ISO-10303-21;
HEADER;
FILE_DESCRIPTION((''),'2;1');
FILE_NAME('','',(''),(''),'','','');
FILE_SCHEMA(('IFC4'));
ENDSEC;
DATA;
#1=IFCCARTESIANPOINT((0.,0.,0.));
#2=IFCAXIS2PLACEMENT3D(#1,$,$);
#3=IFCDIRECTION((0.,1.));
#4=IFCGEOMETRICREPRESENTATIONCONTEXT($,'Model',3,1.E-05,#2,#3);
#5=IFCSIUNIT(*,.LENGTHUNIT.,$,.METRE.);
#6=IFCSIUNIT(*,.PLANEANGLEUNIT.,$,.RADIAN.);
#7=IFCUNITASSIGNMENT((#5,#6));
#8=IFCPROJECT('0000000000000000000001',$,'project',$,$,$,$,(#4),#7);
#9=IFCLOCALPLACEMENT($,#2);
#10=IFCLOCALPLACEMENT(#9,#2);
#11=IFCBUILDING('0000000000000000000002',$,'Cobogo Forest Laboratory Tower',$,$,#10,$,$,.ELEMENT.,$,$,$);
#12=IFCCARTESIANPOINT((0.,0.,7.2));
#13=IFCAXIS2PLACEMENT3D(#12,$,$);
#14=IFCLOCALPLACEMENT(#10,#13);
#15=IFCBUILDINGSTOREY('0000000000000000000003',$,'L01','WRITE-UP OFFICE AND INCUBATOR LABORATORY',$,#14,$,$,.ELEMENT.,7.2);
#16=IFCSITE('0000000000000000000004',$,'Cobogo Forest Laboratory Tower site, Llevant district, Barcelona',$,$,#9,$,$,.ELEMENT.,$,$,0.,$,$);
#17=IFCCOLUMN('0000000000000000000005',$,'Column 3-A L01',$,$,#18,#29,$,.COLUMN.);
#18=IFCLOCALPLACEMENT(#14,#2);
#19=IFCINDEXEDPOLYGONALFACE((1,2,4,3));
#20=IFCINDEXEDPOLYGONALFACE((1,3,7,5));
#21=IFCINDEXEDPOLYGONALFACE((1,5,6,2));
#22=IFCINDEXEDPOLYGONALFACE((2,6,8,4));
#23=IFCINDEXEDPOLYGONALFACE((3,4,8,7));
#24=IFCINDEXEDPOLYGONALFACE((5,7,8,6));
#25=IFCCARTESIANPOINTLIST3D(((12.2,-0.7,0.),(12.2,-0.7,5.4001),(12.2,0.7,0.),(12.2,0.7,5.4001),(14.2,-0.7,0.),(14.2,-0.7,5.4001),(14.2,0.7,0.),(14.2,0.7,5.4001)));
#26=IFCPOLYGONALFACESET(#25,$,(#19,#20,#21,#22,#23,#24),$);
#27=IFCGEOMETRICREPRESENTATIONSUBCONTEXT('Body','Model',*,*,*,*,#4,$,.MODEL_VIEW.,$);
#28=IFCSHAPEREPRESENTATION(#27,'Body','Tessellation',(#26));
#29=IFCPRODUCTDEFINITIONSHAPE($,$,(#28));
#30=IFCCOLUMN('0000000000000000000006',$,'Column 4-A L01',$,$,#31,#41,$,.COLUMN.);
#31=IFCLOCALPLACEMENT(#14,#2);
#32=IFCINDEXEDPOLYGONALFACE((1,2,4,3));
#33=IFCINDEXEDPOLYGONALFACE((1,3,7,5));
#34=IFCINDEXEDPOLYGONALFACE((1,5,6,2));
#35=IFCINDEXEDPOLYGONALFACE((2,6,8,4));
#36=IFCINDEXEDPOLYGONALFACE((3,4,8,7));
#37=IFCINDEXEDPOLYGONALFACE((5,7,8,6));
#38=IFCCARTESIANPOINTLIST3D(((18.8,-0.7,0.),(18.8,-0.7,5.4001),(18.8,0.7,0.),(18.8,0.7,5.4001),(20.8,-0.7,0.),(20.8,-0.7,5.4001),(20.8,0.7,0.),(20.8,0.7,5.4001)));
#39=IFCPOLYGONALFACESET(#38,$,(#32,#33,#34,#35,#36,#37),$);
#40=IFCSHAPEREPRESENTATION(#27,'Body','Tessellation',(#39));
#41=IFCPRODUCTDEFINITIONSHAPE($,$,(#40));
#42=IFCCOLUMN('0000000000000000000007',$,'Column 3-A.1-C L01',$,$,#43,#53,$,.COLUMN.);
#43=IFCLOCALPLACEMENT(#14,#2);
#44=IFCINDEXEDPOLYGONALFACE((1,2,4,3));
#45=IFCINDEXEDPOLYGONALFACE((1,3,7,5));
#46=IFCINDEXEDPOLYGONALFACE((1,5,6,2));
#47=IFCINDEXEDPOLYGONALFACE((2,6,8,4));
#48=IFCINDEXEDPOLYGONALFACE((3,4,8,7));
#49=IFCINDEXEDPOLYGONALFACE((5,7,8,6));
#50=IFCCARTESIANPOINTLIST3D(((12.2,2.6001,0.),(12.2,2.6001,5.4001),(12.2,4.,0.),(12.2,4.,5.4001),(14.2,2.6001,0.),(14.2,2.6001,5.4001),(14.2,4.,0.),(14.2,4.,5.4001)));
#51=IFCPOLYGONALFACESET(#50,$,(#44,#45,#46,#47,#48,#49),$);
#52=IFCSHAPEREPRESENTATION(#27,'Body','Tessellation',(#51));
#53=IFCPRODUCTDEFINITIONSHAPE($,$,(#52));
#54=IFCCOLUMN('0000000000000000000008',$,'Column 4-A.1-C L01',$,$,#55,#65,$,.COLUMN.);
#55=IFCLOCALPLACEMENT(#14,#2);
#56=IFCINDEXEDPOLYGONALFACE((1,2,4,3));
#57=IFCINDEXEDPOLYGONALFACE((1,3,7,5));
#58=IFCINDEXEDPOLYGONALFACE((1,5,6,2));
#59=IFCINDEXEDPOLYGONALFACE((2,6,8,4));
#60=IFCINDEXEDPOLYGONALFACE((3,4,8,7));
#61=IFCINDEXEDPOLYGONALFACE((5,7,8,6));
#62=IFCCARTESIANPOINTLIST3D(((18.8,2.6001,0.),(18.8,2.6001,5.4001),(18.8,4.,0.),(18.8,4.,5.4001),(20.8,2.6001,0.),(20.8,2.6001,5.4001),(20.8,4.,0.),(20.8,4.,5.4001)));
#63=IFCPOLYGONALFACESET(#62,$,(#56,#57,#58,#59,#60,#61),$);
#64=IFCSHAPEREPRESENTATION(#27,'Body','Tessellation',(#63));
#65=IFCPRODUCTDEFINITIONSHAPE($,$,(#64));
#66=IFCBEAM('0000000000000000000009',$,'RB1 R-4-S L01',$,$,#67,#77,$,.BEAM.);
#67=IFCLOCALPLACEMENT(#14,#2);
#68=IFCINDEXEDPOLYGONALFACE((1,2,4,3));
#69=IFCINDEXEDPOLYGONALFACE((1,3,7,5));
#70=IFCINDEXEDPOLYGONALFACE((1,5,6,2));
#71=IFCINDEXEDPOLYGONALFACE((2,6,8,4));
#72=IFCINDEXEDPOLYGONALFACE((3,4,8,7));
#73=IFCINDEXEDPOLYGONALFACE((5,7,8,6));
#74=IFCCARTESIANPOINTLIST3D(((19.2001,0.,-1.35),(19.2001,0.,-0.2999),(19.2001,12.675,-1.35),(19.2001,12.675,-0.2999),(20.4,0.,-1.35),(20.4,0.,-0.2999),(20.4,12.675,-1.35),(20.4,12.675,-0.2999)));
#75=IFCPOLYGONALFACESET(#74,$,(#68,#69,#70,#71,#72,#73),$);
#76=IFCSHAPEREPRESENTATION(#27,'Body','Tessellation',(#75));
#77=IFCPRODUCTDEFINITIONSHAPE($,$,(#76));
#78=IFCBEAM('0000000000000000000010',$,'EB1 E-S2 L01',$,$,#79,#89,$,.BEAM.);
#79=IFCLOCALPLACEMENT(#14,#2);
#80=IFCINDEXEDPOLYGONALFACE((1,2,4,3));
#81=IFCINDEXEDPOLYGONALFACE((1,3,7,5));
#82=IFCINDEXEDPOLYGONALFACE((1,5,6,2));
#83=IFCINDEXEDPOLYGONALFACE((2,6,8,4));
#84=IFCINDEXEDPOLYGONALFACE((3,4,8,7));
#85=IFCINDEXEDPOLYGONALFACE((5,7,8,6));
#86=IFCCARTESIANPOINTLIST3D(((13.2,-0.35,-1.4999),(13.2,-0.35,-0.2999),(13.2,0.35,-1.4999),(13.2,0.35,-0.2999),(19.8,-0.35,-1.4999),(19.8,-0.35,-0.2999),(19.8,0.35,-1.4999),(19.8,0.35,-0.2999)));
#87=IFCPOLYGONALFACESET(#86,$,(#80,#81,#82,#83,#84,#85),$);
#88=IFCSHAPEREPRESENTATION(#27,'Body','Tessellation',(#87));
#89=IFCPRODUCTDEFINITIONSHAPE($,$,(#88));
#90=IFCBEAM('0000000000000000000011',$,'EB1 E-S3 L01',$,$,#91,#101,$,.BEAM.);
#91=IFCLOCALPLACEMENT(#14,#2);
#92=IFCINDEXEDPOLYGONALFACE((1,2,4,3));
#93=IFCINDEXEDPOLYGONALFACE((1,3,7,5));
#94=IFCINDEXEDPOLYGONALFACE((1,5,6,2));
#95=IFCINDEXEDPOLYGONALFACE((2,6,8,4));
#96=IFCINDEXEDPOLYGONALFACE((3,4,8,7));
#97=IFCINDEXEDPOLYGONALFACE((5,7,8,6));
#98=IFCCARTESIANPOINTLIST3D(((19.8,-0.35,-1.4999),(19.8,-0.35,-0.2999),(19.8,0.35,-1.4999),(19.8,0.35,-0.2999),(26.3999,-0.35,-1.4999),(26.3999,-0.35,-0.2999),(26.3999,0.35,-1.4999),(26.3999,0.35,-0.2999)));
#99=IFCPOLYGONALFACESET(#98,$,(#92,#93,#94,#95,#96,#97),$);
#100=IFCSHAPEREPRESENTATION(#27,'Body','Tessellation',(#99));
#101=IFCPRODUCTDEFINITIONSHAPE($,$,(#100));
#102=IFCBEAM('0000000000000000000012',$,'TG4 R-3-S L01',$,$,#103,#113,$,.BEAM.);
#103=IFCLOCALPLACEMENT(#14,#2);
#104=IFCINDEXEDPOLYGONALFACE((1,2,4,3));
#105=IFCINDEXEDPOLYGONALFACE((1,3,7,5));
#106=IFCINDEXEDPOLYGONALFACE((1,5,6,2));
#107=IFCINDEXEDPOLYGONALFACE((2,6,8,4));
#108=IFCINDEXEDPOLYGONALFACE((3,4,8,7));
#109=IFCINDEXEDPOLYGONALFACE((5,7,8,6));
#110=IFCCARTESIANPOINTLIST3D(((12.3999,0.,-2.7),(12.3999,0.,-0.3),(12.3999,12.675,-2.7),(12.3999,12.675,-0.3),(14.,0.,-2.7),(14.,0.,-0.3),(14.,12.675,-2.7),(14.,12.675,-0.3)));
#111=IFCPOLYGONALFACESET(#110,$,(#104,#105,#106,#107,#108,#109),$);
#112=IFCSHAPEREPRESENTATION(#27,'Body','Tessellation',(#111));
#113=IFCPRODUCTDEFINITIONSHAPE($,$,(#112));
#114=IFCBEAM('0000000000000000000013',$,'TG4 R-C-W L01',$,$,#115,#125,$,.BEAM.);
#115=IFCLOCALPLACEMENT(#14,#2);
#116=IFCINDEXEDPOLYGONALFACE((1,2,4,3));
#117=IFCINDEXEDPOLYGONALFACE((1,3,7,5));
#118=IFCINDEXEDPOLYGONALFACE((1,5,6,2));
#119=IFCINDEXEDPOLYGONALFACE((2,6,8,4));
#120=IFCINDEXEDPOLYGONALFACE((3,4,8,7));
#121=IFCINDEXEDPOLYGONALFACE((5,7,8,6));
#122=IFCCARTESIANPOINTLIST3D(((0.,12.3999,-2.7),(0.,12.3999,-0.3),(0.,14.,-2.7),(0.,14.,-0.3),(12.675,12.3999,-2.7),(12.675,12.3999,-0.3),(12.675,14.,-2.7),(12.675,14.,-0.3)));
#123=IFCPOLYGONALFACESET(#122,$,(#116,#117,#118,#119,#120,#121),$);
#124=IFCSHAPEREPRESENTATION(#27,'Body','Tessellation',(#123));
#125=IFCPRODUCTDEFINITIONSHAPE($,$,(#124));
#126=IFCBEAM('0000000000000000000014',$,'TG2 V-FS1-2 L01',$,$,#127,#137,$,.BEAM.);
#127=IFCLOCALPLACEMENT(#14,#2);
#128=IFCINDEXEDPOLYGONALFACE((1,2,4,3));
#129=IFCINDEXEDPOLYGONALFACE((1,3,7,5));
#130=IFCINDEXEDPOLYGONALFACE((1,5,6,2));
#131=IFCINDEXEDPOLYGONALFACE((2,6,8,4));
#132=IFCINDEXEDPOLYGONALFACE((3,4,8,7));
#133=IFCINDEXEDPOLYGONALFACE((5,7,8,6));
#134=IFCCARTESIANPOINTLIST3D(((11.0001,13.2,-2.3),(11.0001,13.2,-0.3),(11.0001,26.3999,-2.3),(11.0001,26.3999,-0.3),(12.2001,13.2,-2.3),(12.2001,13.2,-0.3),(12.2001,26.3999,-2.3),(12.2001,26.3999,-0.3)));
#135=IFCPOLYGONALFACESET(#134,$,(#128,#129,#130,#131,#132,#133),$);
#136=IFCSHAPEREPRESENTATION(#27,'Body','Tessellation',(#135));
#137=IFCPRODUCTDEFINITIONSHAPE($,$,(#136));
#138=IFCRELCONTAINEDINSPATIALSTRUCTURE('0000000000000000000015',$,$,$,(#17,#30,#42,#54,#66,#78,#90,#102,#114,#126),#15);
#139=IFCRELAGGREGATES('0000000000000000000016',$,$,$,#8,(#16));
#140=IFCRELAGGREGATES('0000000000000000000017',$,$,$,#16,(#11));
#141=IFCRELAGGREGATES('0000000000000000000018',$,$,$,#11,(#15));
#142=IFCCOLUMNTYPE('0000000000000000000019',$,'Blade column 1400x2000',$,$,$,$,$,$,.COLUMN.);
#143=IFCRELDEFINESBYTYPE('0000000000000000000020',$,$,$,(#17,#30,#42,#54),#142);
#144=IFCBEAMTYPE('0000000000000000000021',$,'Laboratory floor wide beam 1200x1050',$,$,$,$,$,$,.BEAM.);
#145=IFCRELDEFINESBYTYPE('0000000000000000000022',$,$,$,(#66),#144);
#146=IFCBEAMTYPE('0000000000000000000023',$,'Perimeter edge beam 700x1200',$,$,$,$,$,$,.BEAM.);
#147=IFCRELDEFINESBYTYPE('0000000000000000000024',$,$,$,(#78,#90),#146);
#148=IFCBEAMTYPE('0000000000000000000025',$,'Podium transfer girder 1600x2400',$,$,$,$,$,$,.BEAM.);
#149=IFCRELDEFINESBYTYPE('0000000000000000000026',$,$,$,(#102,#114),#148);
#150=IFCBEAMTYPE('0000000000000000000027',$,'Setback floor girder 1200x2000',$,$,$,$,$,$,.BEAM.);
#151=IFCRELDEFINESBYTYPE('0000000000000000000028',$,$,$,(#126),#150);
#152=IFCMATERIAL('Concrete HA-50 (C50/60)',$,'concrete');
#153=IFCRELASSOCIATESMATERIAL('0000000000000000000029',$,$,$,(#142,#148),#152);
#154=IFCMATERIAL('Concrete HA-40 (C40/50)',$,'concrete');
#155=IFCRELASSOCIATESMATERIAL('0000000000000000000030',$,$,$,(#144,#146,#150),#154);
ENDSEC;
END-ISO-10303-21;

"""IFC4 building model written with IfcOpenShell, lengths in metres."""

from ifc_helpers import new_model, si_unit, direction, frame, origin, origin_2d, place, context, subcontext, project, spatial, rectangle, extrude, material, material_profile, profile_set, type_object, element, save


model = new_model("IFC4")

# Units and contexts
model_context = context("Model", 3, precision=1e-05, world=origin(), true_north=direction((0.0, 1.0)))
body_context = subcontext(model_context, "Body", "Model", "MODEL_VIEW")
ifc_project = project(units=[si_unit("LENGTHUNIT", "METRE"), si_unit("PLANEANGLEUNIT", "RADIAN")], contexts=[model_context])

# Site, building, storey
site_placement = place(None, origin())
site = spatial("IfcSite", under=ifc_project, at=site_placement, Name="Cobogo Forest Laboratory Tower site, Llevant district, Barcelona", CompositionType="ELEMENT", RefElevation=0.0)
building_placement = place(site_placement, origin())
building = spatial("IfcBuilding", under=site, at=building_placement, Name="Cobogo Forest Laboratory Tower", CompositionType="ELEMENT")
storey_placement = place(building_placement, frame((0.0, 0.0, 7.2)))
storey = spatial("IfcBuildingStorey", under=building, at=storey_placement, Name="L01", Description="WRITE-UP OFFICE AND INCUBATOR LABORATORY", CompositionType="ELEMENT", Elevation=7.2)

# Columns
ifc_material_1 = material(Name="Concrete HA-50 (C50/60)", Category="concrete")
ifc_material_profile_1 = material_profile(ifc_material_1, rectangle(XDim=2.0, YDim=1.3999, at=origin_2d()), Name="RC 1400x2000")
ifc_profile_set_1 = profile_set([ifc_material_profile_1], Name="Concrete HA-50 (C50/60)")
column_type = type_object("IfcColumnType", Name="Blade column 1400x2000", PredefinedType="COLUMN", material=ifc_profile_set_1)
for number, where, z_axis, x_axis, name in (
    (1, (13.2, 0.0, 0.0), (0.0, 0.0, 1.0), (1.0, 0.0, 0.0), "Column 3-A L01"),
    (2, (19.8, 0.0, 0.0), (0.0, 0.0, 1.0), (1.0, 0.0, 0.0), "Column 4-A L01"),
    (3, (13.2, 3.3, 0.0), (0.0, 0.0, 1.0), (1.0, 0.0, 0.0), "Column 3-A.1-C L01"),
    (4, (19.8, 3.3, 0.0), (0.0, 0.0, 1.0), (1.0, 0.0, 0.0), "Column 4-A.1-C L01"),
):
    element("IfcColumn", number, at=place(storey_placement, frame(where, z_axis=z_axis, x_axis=x_axis)), inside=storey, type_object=column_type, Name=name, PredefinedType="COLUMN", context=body_context, shape_type="SweptSolid", body=[
        extrude(rectangle(XDim=2.0, YDim=1.3999, at=origin_2d()), origin(), (0.0, 0.0, 1.0), 5.4001),
    ])

# Beams
ifc_material_2 = material(Name="Concrete HA-40 (C40/50)", Category="concrete")
ifc_material_profile_2 = material_profile(ifc_material_2, rectangle(XDim=1.2, YDim=1.05, at=origin_2d()), Name="RC 1200x1050")
ifc_profile_set_2 = profile_set([ifc_material_profile_2], Name="Concrete HA-40 (C40/50)")
beam_type_1 = type_object("IfcBeamType", Name="Laboratory floor wide beam 1200x1050", PredefinedType="BEAM", material=ifc_profile_set_2)
beam_1_placement = place(storey_placement, frame((19.8, 12.675, -0.825), z_axis=(0.0, -1.0, 0.0), x_axis=(1.0, 0.0, 0.0)))
element("IfcBeam", 5, at=beam_1_placement, inside=storey, type_object=beam_type_1, Name="RB1 R-4-S L01", PredefinedType="BEAM", context=body_context, shape_type="SweptSolid", body=[
    extrude(rectangle(XDim=1.2, YDim=1.05, at=origin_2d()), origin(), (0.0, 0.0, 1.0), 12.675),
])
ifc_material_profile_3 = material_profile(ifc_material_2, rectangle(XDim=0.7, YDim=1.2, at=origin_2d()), Name="RC 700x1200")
ifc_profile_set_3 = profile_set([ifc_material_profile_3], Name="Concrete HA-40 (C40/50)")
beam_type_2 = type_object("IfcBeamType", Name="Perimeter edge beam 700x1200", PredefinedType="BEAM", material=ifc_profile_set_3)
beam_2_placement = place(storey_placement, frame((13.2, 0.0, -0.8999), z_axis=(1.0, 0.0, 0.0), x_axis=(0.0, 1.0, 0.0)))
element("IfcBeam", 6, at=beam_2_placement, inside=storey, type_object=beam_type_2, Name="EB1 E-S2 L01", PredefinedType="BEAM", context=body_context, shape_type="SweptSolid", body=[
    extrude(rectangle(XDim=0.7, YDim=1.2, at=origin_2d()), origin(), (0.0, 0.0, 1.0), 6.6001),
])
beam_3_placement = place(storey_placement, frame((19.8, 0.0, -0.8999), z_axis=(1.0, 0.0, 0.0), x_axis=(0.0, 1.0, 0.0)))
element("IfcBeam", 7, at=beam_3_placement, inside=storey, type_object=beam_type_2, Name="EB1 E-S3 L01", PredefinedType="BEAM", context=body_context, shape_type="SweptSolid", body=[
    extrude(rectangle(XDim=0.7, YDim=1.2, at=origin_2d()), origin(), (0.0, 0.0, 1.0), 6.5999),
])
ifc_material_profile_4 = material_profile(ifc_material_1, rectangle(XDim=1.6001, YDim=2.3999, at=origin_2d()), Name="RC 1600x2400")
ifc_profile_set_4 = profile_set([ifc_material_profile_4], Name="Concrete HA-50 (C50/60)")
beam_type_3 = type_object("IfcBeamType", Name="Podium transfer girder 1600x2400", PredefinedType="BEAM", material=ifc_profile_set_4)
for number, where, z_axis, x_axis, name in (
    (8, (13.2, 12.675, -1.5), (0.0, -1.0, 0.0), (1.0, 0.0, 0.0), "TG4 R-3-S L01"),
    (9, (12.675, 13.2, -1.5), (-1.0, 0.0, 0.0), (0.0, -1.0, 0.0), "TG4 R-C-W L01"),
):
    element("IfcBeam", number, at=place(storey_placement, frame(where, z_axis=z_axis, x_axis=x_axis)), inside=storey, type_object=beam_type_3, Name=name, PredefinedType="BEAM", context=body_context, shape_type="SweptSolid", body=[
        extrude(rectangle(XDim=1.6001, YDim=2.3999, at=origin_2d()), origin(), (0.0, 0.0, 1.0), 12.675),
    ])
ifc_material_profile_5 = material_profile(ifc_material_2, rectangle(XDim=1.2, YDim=2.0, at=origin_2d()), Name="RC 1200x2000")
ifc_profile_set_5 = profile_set([ifc_material_profile_5], Name="Concrete HA-40 (C40/50)")
beam_type_4 = type_object("IfcBeamType", Name="Setback floor girder 1200x2000", PredefinedType="BEAM", material=ifc_profile_set_5)
beam_4_placement = place(storey_placement, frame((11.6001, 13.2, -1.3), z_axis=(0.0, 1.0, 0.0), x_axis=(-1.0, 0.0, 0.0)))
element("IfcBeam", 10, at=beam_4_placement, inside=storey, type_object=beam_type_4, Name="TG2 V-FS1-2 L01", PredefinedType="BEAM", context=body_context, shape_type="SweptSolid", body=[
    extrude(rectangle(XDim=1.2, YDim=2.0, at=origin_2d()), origin(), (0.0, 0.0, 1.0), 13.2),
])

save(model, "model.ifc")
